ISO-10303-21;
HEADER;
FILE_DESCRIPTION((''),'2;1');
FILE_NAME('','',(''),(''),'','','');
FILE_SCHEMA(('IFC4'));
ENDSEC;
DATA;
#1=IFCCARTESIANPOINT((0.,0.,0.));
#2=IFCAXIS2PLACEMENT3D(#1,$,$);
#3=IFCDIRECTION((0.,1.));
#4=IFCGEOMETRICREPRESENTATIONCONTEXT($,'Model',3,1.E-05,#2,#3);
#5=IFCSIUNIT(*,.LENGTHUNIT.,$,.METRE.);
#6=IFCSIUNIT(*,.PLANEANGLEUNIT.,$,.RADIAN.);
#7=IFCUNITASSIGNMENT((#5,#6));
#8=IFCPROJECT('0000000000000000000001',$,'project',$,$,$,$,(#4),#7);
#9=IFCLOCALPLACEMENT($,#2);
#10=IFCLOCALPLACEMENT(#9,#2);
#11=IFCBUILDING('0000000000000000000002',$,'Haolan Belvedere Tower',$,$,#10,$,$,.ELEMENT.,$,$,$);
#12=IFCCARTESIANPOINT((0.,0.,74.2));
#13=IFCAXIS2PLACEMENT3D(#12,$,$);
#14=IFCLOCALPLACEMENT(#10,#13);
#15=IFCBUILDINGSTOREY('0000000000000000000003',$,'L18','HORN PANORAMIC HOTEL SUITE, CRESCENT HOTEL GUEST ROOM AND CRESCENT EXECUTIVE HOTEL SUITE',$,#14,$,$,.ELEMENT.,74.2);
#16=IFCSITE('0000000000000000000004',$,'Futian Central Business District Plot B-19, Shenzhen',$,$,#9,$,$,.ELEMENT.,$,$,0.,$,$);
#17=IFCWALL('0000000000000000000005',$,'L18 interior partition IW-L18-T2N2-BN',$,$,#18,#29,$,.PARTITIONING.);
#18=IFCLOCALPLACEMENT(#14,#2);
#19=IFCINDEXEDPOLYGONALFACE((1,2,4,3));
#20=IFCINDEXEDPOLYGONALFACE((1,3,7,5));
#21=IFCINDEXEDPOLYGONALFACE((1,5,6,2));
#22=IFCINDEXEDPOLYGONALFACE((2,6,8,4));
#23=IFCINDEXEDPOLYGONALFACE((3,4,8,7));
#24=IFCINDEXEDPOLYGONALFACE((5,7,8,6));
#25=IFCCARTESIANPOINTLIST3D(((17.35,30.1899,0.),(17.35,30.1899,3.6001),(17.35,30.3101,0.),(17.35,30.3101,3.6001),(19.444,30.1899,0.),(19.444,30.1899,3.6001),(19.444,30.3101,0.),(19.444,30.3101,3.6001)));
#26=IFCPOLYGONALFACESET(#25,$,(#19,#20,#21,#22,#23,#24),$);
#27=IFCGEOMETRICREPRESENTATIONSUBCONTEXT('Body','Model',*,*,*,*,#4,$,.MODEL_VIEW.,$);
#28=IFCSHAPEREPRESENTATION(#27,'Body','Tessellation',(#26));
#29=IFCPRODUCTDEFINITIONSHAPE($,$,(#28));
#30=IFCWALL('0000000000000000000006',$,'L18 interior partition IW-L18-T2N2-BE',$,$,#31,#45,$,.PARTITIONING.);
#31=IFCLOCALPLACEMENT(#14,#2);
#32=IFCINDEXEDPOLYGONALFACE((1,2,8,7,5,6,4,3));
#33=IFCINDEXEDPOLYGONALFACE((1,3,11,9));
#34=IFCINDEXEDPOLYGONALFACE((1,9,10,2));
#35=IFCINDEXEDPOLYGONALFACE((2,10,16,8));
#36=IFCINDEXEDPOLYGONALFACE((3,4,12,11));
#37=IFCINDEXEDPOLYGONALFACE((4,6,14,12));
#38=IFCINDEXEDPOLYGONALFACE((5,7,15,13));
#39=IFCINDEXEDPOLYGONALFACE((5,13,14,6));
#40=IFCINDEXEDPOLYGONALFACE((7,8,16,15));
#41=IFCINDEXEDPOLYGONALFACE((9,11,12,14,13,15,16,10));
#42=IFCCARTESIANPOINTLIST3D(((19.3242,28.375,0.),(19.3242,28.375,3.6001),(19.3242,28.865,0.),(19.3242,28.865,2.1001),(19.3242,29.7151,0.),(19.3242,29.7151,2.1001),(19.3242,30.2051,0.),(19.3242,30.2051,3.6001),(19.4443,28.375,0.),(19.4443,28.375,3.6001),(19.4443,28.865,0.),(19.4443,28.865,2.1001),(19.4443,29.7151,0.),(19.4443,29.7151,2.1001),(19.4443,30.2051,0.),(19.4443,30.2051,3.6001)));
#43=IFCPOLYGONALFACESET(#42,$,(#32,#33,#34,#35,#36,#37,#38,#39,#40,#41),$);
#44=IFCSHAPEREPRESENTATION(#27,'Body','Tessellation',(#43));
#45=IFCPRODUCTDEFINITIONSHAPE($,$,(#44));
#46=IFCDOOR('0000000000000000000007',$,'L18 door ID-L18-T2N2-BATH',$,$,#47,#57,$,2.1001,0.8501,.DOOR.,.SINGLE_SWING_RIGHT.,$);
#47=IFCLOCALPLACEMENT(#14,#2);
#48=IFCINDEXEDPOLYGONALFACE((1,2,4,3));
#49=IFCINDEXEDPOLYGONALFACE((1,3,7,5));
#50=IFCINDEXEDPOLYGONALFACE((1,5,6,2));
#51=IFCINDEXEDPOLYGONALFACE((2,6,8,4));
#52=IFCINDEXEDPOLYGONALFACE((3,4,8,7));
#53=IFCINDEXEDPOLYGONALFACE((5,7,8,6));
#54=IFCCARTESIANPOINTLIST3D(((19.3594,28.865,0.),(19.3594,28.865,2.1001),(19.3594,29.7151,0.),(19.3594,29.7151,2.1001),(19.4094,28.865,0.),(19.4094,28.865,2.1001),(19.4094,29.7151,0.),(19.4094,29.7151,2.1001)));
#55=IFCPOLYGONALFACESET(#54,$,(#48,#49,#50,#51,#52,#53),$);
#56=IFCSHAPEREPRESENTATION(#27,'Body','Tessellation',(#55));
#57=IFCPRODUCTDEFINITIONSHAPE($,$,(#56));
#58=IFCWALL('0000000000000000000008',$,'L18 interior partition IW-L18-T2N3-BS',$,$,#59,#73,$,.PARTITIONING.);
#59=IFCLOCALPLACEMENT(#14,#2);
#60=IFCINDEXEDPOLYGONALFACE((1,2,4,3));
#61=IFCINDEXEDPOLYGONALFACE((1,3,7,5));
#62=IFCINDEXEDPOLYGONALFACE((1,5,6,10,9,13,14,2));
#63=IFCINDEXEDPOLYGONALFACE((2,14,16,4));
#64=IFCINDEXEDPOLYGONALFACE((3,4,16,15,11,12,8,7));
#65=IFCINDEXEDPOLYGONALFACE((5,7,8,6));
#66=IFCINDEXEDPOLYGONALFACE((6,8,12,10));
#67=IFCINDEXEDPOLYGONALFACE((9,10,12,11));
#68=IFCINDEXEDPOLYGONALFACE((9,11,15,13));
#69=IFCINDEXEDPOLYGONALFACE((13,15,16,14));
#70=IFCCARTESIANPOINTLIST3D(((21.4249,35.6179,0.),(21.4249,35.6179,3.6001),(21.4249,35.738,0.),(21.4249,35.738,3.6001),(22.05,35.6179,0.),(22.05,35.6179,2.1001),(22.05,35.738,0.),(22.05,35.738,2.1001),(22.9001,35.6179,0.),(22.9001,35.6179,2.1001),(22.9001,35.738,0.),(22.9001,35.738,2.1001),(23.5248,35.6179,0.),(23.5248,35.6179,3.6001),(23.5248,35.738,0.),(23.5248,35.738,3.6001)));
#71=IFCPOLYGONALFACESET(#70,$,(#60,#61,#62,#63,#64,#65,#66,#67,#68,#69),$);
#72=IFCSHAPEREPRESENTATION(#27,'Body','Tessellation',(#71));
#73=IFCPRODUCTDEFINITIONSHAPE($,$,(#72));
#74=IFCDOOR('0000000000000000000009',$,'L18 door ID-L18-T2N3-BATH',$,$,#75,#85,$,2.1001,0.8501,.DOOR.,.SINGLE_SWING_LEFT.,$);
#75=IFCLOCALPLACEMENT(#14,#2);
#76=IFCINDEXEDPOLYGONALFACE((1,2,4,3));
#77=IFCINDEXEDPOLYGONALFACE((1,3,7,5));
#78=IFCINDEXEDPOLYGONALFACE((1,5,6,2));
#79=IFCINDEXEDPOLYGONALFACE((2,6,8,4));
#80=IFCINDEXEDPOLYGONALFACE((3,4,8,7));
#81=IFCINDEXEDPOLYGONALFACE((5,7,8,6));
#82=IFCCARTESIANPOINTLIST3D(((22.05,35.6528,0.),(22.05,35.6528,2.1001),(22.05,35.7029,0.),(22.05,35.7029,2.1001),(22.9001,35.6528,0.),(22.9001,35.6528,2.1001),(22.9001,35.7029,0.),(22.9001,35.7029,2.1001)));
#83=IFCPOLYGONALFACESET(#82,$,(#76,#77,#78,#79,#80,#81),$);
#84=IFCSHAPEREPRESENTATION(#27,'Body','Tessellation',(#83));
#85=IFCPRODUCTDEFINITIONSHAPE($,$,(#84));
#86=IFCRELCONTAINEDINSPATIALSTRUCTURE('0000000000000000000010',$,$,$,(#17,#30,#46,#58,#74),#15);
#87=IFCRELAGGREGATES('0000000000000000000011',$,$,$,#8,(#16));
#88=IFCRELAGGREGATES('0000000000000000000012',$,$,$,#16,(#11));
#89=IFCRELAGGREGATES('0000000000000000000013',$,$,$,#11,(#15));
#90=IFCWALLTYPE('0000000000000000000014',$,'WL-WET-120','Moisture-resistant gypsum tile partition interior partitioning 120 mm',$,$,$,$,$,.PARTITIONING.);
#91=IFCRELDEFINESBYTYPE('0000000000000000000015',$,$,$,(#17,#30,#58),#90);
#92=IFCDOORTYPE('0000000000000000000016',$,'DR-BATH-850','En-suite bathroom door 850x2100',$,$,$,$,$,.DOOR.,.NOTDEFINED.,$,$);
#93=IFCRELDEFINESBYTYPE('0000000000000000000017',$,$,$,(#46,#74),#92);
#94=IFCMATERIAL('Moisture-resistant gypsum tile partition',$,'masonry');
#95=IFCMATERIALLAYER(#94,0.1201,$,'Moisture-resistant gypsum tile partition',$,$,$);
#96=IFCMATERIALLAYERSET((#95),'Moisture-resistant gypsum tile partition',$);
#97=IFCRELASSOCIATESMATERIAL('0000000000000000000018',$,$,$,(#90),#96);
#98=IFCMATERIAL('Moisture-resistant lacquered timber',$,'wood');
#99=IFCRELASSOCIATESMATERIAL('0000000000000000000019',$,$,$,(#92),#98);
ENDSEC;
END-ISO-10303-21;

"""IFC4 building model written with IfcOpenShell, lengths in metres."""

from ifc_helpers import new_model, si_unit, direction, frame, frame_2d, origin, place, context, subcontext, project, spatial, rectangle, extrude, material, layer, layer_set, type_object, element, fill, save


model = new_model("IFC4")

# Units and contexts
model_context = context("Model", 3, precision=1e-05, world=origin(), true_north=direction((0.0, 1.0)))
body_context = subcontext(model_context, "Body", "Model", "MODEL_VIEW")
ifc_project = project(units=[si_unit("LENGTHUNIT", "METRE"), si_unit("PLANEANGLEUNIT", "RADIAN")], contexts=[model_context])

# Site, building, storey
site_placement = place(None, origin())
site = spatial("IfcSite", under=ifc_project, at=site_placement, Name="Futian Central Business District Plot B-19, Shenzhen", CompositionType="ELEMENT", RefElevation=0.0)
building_placement = place(site_placement, origin())
building = spatial("IfcBuilding", under=site, at=building_placement, Name="Haolan Belvedere Tower", CompositionType="ELEMENT")
storey_placement = place(building_placement, frame((0.0, 0.0, 74.2)))
storey = spatial("IfcBuildingStorey", under=building, at=storey_placement, Name="L18", Description="HORN PANORAMIC HOTEL SUITE, CRESCENT HOTEL GUEST ROOM AND CRESCENT EXECUTIVE HOTEL SUITE", CompositionType="ELEMENT", Elevation=74.2)

# Wall
ifc_material_1 = material(Name="Moisture-resistant gypsum tile partition", Category="masonry")
ifc_layer_1 = layer(ifc_material_1, 0.1201, Name="Moisture-resistant gypsum tile partition")
ifc_layer_set_1 = layer_set([ifc_layer_1], Name="Moisture-resistant gypsum tile partition")
wall_type_1 = type_object("IfcWallType", Name="WL-WET-120", Description="Moisture-resistant gypsum tile partition interior partitioning 120 mm", PredefinedType="PARTITIONING", material=ifc_layer_set_1)
wall_1_placement = place(storey_placement, frame((17.3501, 30.25, 0.0), z_axis=(0.0, 0.0, 1.0), x_axis=(1.0, 0.0, 0.0)))
element("IfcWall", 1, at=wall_1_placement, inside=storey, type_object=wall_type_1, Name="L18 interior partition IW-L18-T2N2-BN", PredefinedType="PARTITIONING", context=body_context, shape_type="SweptSolid", body=[
    extrude(rectangle(XDim=2.094, YDim=0.1201, at=frame_2d((1.0469, 0.0))), origin(), (0.0, 0.0, 1.0), 3.6001),
])

# Walls, openings, doors
wall_2_placement = place(storey_placement, frame((19.3843, 28.375, 0.0), z_axis=(0.0, 0.0, 1.0), x_axis=(0.0, 1.0, 0.0)))
wall_2 = element("IfcWall", 2, at=wall_2_placement, inside=storey, type_object=wall_type_1, Name="L18 interior partition IW-L18-T2N2-BE", PredefinedType="PARTITIONING", context=body_context, shape_type="SweptSolid", body=[
    extrude(rectangle(XDim=1.8301, YDim=0.1201, at=frame_2d((0.915, 0.0))), origin(), (0.0, 0.0, 1.0), 3.6001),
])
opening_1_placement = place(wall_2_placement, frame((0.49, 0.0, 0.0)))
opening_1 = element("IfcOpeningElement", 3, at=opening_1_placement, cuts=wall_2, PredefinedType="OPENING", context=body_context, shape_type="SweptSolid", body=[
    extrude(rectangle(XDim=0.8501, YDim=2.1001, at=frame_2d((0.425, 1.05))), frame((0.0, 0.0701, 0.0), z_axis=(0.0, -1.0, 0.0), x_axis=(1.0, 0.0, 0.0)), (0.0, 0.0, 1.0), 0.1401),
])
ifc_material_2 = material(Name="Moisture-resistant lacquered timber", Category="wood")
door_type = type_object("IfcDoorType", Name="DR-BATH-850", Description="En-suite bathroom door 850x2100", OperationType="NOTDEFINED", PredefinedType="DOOR", material=ifc_material_2)
door_1_placement = place(opening_1_placement, origin())
door_1 = element("IfcDoor", 4, at=door_1_placement, inside=storey, type_object=door_type, Name="L18 door ID-L18-T2N2-BATH", OperationType="SINGLE_SWING_RIGHT", OverallHeight=2.1001, OverallWidth=0.8501, PredefinedType="DOOR", context=body_context, shape_type="SweptSolid", body=[
    extrude(rectangle(XDim=0.8501, YDim=2.1001, at=frame_2d((0.425, 1.05))), frame((0.0, 0.0249, 0.0), z_axis=(0.0, -1.0, 0.0), x_axis=(1.0, 0.0, 0.0)), (0.0, 0.0, 1.0), 0.05),
])
fill(opening_1, door_1)
wall_3_placement = place(storey_placement, frame((21.425, 35.678, 0.0), z_axis=(0.0, 0.0, 1.0), x_axis=(1.0, 0.0, 0.0)))
wall_3 = element("IfcWall", 5, at=wall_3_placement, inside=storey, type_object=wall_type_1, Name="L18 interior partition IW-L18-T2N3-BS", PredefinedType="PARTITIONING", context=body_context, shape_type="SweptSolid", body=[
    extrude(rectangle(XDim=2.0999, YDim=0.1201, at=frame_2d((1.0498, 0.0))), origin(), (0.0, 0.0, 1.0), 3.6001),
])
opening_2_placement = place(wall_3_placement, frame((0.625, 0.0, 0.0)))
opening_2 = element("IfcOpeningElement", 6, at=opening_2_placement, cuts=wall_3, PredefinedType="OPENING", context=body_context, shape_type="SweptSolid", body=[
    extrude(rectangle(XDim=0.8501, YDim=2.1001, at=frame_2d((0.425, 1.05))), frame((0.0, 0.0701, 0.0), z_axis=(0.0, -1.0, 0.0), x_axis=(1.0, 0.0, 0.0)), (0.0, 0.0, 1.0), 0.1401),
])
door_2_placement = place(opening_2_placement, origin())
door_2 = element("IfcDoor", 7, at=door_2_placement, inside=storey, type_object=door_type, Name="L18 door ID-L18-T2N3-BATH", OperationType="SINGLE_SWING_LEFT", OverallHeight=2.1001, OverallWidth=0.8501, PredefinedType="DOOR", context=body_context, shape_type="SweptSolid", body=[
    extrude(rectangle(XDim=0.8501, YDim=2.1001, at=frame_2d((0.425, 1.05))), frame((0.0, 0.0249, 0.0), z_axis=(0.0, -1.0, 0.0), x_axis=(1.0, 0.0, 0.0)), (0.0, 0.0, 1.0), 0.05),
])
fill(opening_2, door_2)

save(model, "model.ifc")
